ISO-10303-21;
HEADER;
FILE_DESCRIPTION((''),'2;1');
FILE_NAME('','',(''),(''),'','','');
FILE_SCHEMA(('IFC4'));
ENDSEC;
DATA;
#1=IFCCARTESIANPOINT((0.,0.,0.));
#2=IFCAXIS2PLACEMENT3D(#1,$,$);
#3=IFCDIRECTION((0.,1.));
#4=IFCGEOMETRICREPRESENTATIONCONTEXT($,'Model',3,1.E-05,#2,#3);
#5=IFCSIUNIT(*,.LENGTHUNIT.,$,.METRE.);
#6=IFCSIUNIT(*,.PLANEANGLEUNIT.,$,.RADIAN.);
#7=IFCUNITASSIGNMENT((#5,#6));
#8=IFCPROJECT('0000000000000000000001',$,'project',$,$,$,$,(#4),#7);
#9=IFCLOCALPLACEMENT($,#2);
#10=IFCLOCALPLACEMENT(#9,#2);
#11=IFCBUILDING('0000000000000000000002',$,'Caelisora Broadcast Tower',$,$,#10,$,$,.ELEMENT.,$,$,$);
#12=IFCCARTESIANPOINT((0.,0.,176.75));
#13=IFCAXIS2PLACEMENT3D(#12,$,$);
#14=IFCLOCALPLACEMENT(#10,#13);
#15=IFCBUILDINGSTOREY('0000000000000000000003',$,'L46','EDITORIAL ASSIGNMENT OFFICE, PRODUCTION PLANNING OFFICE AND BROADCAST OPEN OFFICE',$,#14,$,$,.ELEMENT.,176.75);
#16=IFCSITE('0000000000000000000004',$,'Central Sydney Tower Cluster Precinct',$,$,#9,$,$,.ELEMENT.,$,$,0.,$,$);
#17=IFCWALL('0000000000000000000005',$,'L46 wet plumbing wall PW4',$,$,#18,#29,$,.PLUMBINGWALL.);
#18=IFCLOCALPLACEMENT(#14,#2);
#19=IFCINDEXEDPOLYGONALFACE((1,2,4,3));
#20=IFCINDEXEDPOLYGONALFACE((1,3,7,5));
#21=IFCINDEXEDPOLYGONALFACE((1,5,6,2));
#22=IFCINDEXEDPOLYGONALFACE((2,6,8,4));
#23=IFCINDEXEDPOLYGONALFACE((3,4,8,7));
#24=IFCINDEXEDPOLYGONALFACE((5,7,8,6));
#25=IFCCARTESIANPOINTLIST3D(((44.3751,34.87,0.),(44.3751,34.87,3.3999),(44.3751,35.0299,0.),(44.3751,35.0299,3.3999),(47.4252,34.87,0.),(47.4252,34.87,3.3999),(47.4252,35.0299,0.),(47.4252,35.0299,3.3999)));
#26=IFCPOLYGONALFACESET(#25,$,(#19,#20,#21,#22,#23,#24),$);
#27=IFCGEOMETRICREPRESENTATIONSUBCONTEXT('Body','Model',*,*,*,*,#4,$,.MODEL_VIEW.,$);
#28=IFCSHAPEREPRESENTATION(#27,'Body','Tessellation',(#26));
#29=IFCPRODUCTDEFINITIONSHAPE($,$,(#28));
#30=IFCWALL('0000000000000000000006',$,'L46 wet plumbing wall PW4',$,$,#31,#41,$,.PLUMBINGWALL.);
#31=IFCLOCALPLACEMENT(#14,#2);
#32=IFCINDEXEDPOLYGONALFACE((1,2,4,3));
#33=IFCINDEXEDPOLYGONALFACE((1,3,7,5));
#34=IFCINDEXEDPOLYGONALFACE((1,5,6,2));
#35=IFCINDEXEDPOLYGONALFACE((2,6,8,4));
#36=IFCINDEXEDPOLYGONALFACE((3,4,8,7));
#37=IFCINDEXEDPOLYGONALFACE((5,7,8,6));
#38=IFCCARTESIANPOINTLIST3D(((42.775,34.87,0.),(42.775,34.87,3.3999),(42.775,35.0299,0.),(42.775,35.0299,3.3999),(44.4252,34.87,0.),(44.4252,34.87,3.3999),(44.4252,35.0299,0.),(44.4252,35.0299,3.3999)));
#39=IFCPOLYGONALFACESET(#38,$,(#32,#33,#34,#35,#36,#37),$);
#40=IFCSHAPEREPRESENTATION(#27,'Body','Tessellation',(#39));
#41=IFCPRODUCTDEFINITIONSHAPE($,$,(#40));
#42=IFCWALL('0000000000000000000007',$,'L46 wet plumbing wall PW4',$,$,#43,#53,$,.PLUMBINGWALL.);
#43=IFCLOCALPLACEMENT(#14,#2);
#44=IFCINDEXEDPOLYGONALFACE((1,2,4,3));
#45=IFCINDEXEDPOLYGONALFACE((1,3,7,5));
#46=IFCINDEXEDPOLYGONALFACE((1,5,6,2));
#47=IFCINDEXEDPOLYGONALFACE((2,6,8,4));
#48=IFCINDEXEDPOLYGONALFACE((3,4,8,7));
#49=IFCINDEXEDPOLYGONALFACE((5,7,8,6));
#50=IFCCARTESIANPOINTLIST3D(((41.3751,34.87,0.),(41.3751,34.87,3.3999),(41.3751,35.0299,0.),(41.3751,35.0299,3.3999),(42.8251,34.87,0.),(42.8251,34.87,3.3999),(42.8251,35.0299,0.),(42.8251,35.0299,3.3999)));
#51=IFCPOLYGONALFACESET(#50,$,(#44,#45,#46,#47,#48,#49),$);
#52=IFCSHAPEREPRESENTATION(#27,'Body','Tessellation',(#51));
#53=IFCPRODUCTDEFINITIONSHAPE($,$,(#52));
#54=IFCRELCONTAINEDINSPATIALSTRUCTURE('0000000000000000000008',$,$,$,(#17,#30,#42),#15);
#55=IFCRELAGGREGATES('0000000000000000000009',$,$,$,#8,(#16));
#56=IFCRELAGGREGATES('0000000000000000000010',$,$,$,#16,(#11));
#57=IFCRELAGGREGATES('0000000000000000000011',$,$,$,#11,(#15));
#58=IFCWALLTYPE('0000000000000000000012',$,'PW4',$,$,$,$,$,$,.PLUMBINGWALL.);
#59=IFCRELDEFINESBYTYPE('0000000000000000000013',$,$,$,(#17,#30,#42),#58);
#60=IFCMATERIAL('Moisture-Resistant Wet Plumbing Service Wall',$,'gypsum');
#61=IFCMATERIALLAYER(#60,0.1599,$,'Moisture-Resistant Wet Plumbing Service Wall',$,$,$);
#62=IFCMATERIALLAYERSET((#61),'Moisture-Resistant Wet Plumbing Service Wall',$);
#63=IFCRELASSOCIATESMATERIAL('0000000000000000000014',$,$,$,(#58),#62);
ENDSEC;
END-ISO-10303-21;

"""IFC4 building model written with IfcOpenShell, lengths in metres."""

from ifc_helpers import new_model, si_unit, direction, frame, frame_2d, origin, place, context, subcontext, project, spatial, rectangle, extrude, material, layer, layer_set, type_object, element, save


model = new_model("IFC4")

# Units and contexts
model_context = context("Model", 3, precision=1e-05, world=origin(), true_north=direction((0.0, 1.0)))
body_context = subcontext(model_context, "Body", "Model", "MODEL_VIEW")
ifc_project = project(units=[si_unit("LENGTHUNIT", "METRE"), si_unit("PLANEANGLEUNIT", "RADIAN")], contexts=[model_context])

# Site, building, storey
site_placement = place(None, origin())
site = spatial("IfcSite", under=ifc_project, at=site_placement, Name="Central Sydney Tower Cluster Precinct", CompositionType="ELEMENT", RefElevation=0.0)
building_placement = place(site_placement, origin())
building = spatial("IfcBuilding", under=site, at=building_placement, Name="Caelisora Broadcast Tower", CompositionType="ELEMENT")
storey_placement = place(building_placement, frame((0.0, 0.0, 176.75)))
storey = spatial("IfcBuildingStorey", under=building, at=storey_placement, Name="L46", Description="EDITORIAL ASSIGNMENT OFFICE, PRODUCTION PLANNING OFFICE AND BROADCAST OPEN OFFICE", CompositionType="ELEMENT", Elevation=176.75)

# Walls
ifc_material_1 = material(Name="Moisture-Resistant Wet Plumbing Service Wall", Category="gypsum")
ifc_layer_1 = layer(ifc_material_1, 0.1599, Name="Moisture-Resistant Wet Plumbing Service Wall")
ifc_layer_set_1 = layer_set([ifc_layer_1], Name="Moisture-Resistant Wet Plumbing Service Wall")
wall_type_1 = type_object("IfcWallType", Name="PW4", PredefinedType="PLUMBINGWALL", material=ifc_layer_set_1)
for number, where, z_axis, x_axis, name in (
    (1, (47.425, 34.95, 0.0), (0.0, 0.0, 1.0), (-1.0, 0.0, 0.0), "L46 wet plumbing wall PW4"),
):
    element("IfcWall", number, at=place(storey_placement, frame(where, z_axis=z_axis, x_axis=x_axis)), inside=storey, type_object=wall_type_1, Name=name, PredefinedType="PLUMBINGWALL", context=body_context, shape_type="SweptSolid", body=[
        extrude(rectangle(XDim=3.05, YDim=0.1599, at=frame_2d((1.5249, 0.0))), origin(), (0.0, 0.0, 1.0), 3.3999),
    ])
wall_1_placement = place(storey_placement, frame((42.7749, 34.95, 0.0), z_axis=(0.0, 0.0, 1.0), x_axis=(1.0, 0.0, 0.0)))
element("IfcWall", 2, at=wall_1_placement, inside=storey, type_object=wall_type_1, Name="L46 wet plumbing wall PW4", PredefinedType="PLUMBINGWALL", context=body_context, shape_type="SweptSolid", body=[
    extrude(rectangle(XDim=1.6501, YDim=0.1599, at=frame_2d((0.8252, 0.0))), origin(), (0.0, 0.0, 1.0), 3.3999),
])
wall_2_placement = place(storey_placement, frame((41.375, 34.95, 0.0), z_axis=(0.0, 0.0, 1.0), x_axis=(1.0, 0.0, 0.0)))
element("IfcWall", 3, at=wall_2_placement, inside=storey, type_object=wall_type_1, Name="L46 wet plumbing wall PW4", PredefinedType="PLUMBINGWALL", context=body_context, shape_type="SweptSolid", body=[
    extrude(rectangle(XDim=1.45, YDim=0.1599, at=frame_2d((0.7251, 0.0))), origin(), (0.0, 0.0, 1.0), 3.3999),
])

save(model, "model.ifc")
